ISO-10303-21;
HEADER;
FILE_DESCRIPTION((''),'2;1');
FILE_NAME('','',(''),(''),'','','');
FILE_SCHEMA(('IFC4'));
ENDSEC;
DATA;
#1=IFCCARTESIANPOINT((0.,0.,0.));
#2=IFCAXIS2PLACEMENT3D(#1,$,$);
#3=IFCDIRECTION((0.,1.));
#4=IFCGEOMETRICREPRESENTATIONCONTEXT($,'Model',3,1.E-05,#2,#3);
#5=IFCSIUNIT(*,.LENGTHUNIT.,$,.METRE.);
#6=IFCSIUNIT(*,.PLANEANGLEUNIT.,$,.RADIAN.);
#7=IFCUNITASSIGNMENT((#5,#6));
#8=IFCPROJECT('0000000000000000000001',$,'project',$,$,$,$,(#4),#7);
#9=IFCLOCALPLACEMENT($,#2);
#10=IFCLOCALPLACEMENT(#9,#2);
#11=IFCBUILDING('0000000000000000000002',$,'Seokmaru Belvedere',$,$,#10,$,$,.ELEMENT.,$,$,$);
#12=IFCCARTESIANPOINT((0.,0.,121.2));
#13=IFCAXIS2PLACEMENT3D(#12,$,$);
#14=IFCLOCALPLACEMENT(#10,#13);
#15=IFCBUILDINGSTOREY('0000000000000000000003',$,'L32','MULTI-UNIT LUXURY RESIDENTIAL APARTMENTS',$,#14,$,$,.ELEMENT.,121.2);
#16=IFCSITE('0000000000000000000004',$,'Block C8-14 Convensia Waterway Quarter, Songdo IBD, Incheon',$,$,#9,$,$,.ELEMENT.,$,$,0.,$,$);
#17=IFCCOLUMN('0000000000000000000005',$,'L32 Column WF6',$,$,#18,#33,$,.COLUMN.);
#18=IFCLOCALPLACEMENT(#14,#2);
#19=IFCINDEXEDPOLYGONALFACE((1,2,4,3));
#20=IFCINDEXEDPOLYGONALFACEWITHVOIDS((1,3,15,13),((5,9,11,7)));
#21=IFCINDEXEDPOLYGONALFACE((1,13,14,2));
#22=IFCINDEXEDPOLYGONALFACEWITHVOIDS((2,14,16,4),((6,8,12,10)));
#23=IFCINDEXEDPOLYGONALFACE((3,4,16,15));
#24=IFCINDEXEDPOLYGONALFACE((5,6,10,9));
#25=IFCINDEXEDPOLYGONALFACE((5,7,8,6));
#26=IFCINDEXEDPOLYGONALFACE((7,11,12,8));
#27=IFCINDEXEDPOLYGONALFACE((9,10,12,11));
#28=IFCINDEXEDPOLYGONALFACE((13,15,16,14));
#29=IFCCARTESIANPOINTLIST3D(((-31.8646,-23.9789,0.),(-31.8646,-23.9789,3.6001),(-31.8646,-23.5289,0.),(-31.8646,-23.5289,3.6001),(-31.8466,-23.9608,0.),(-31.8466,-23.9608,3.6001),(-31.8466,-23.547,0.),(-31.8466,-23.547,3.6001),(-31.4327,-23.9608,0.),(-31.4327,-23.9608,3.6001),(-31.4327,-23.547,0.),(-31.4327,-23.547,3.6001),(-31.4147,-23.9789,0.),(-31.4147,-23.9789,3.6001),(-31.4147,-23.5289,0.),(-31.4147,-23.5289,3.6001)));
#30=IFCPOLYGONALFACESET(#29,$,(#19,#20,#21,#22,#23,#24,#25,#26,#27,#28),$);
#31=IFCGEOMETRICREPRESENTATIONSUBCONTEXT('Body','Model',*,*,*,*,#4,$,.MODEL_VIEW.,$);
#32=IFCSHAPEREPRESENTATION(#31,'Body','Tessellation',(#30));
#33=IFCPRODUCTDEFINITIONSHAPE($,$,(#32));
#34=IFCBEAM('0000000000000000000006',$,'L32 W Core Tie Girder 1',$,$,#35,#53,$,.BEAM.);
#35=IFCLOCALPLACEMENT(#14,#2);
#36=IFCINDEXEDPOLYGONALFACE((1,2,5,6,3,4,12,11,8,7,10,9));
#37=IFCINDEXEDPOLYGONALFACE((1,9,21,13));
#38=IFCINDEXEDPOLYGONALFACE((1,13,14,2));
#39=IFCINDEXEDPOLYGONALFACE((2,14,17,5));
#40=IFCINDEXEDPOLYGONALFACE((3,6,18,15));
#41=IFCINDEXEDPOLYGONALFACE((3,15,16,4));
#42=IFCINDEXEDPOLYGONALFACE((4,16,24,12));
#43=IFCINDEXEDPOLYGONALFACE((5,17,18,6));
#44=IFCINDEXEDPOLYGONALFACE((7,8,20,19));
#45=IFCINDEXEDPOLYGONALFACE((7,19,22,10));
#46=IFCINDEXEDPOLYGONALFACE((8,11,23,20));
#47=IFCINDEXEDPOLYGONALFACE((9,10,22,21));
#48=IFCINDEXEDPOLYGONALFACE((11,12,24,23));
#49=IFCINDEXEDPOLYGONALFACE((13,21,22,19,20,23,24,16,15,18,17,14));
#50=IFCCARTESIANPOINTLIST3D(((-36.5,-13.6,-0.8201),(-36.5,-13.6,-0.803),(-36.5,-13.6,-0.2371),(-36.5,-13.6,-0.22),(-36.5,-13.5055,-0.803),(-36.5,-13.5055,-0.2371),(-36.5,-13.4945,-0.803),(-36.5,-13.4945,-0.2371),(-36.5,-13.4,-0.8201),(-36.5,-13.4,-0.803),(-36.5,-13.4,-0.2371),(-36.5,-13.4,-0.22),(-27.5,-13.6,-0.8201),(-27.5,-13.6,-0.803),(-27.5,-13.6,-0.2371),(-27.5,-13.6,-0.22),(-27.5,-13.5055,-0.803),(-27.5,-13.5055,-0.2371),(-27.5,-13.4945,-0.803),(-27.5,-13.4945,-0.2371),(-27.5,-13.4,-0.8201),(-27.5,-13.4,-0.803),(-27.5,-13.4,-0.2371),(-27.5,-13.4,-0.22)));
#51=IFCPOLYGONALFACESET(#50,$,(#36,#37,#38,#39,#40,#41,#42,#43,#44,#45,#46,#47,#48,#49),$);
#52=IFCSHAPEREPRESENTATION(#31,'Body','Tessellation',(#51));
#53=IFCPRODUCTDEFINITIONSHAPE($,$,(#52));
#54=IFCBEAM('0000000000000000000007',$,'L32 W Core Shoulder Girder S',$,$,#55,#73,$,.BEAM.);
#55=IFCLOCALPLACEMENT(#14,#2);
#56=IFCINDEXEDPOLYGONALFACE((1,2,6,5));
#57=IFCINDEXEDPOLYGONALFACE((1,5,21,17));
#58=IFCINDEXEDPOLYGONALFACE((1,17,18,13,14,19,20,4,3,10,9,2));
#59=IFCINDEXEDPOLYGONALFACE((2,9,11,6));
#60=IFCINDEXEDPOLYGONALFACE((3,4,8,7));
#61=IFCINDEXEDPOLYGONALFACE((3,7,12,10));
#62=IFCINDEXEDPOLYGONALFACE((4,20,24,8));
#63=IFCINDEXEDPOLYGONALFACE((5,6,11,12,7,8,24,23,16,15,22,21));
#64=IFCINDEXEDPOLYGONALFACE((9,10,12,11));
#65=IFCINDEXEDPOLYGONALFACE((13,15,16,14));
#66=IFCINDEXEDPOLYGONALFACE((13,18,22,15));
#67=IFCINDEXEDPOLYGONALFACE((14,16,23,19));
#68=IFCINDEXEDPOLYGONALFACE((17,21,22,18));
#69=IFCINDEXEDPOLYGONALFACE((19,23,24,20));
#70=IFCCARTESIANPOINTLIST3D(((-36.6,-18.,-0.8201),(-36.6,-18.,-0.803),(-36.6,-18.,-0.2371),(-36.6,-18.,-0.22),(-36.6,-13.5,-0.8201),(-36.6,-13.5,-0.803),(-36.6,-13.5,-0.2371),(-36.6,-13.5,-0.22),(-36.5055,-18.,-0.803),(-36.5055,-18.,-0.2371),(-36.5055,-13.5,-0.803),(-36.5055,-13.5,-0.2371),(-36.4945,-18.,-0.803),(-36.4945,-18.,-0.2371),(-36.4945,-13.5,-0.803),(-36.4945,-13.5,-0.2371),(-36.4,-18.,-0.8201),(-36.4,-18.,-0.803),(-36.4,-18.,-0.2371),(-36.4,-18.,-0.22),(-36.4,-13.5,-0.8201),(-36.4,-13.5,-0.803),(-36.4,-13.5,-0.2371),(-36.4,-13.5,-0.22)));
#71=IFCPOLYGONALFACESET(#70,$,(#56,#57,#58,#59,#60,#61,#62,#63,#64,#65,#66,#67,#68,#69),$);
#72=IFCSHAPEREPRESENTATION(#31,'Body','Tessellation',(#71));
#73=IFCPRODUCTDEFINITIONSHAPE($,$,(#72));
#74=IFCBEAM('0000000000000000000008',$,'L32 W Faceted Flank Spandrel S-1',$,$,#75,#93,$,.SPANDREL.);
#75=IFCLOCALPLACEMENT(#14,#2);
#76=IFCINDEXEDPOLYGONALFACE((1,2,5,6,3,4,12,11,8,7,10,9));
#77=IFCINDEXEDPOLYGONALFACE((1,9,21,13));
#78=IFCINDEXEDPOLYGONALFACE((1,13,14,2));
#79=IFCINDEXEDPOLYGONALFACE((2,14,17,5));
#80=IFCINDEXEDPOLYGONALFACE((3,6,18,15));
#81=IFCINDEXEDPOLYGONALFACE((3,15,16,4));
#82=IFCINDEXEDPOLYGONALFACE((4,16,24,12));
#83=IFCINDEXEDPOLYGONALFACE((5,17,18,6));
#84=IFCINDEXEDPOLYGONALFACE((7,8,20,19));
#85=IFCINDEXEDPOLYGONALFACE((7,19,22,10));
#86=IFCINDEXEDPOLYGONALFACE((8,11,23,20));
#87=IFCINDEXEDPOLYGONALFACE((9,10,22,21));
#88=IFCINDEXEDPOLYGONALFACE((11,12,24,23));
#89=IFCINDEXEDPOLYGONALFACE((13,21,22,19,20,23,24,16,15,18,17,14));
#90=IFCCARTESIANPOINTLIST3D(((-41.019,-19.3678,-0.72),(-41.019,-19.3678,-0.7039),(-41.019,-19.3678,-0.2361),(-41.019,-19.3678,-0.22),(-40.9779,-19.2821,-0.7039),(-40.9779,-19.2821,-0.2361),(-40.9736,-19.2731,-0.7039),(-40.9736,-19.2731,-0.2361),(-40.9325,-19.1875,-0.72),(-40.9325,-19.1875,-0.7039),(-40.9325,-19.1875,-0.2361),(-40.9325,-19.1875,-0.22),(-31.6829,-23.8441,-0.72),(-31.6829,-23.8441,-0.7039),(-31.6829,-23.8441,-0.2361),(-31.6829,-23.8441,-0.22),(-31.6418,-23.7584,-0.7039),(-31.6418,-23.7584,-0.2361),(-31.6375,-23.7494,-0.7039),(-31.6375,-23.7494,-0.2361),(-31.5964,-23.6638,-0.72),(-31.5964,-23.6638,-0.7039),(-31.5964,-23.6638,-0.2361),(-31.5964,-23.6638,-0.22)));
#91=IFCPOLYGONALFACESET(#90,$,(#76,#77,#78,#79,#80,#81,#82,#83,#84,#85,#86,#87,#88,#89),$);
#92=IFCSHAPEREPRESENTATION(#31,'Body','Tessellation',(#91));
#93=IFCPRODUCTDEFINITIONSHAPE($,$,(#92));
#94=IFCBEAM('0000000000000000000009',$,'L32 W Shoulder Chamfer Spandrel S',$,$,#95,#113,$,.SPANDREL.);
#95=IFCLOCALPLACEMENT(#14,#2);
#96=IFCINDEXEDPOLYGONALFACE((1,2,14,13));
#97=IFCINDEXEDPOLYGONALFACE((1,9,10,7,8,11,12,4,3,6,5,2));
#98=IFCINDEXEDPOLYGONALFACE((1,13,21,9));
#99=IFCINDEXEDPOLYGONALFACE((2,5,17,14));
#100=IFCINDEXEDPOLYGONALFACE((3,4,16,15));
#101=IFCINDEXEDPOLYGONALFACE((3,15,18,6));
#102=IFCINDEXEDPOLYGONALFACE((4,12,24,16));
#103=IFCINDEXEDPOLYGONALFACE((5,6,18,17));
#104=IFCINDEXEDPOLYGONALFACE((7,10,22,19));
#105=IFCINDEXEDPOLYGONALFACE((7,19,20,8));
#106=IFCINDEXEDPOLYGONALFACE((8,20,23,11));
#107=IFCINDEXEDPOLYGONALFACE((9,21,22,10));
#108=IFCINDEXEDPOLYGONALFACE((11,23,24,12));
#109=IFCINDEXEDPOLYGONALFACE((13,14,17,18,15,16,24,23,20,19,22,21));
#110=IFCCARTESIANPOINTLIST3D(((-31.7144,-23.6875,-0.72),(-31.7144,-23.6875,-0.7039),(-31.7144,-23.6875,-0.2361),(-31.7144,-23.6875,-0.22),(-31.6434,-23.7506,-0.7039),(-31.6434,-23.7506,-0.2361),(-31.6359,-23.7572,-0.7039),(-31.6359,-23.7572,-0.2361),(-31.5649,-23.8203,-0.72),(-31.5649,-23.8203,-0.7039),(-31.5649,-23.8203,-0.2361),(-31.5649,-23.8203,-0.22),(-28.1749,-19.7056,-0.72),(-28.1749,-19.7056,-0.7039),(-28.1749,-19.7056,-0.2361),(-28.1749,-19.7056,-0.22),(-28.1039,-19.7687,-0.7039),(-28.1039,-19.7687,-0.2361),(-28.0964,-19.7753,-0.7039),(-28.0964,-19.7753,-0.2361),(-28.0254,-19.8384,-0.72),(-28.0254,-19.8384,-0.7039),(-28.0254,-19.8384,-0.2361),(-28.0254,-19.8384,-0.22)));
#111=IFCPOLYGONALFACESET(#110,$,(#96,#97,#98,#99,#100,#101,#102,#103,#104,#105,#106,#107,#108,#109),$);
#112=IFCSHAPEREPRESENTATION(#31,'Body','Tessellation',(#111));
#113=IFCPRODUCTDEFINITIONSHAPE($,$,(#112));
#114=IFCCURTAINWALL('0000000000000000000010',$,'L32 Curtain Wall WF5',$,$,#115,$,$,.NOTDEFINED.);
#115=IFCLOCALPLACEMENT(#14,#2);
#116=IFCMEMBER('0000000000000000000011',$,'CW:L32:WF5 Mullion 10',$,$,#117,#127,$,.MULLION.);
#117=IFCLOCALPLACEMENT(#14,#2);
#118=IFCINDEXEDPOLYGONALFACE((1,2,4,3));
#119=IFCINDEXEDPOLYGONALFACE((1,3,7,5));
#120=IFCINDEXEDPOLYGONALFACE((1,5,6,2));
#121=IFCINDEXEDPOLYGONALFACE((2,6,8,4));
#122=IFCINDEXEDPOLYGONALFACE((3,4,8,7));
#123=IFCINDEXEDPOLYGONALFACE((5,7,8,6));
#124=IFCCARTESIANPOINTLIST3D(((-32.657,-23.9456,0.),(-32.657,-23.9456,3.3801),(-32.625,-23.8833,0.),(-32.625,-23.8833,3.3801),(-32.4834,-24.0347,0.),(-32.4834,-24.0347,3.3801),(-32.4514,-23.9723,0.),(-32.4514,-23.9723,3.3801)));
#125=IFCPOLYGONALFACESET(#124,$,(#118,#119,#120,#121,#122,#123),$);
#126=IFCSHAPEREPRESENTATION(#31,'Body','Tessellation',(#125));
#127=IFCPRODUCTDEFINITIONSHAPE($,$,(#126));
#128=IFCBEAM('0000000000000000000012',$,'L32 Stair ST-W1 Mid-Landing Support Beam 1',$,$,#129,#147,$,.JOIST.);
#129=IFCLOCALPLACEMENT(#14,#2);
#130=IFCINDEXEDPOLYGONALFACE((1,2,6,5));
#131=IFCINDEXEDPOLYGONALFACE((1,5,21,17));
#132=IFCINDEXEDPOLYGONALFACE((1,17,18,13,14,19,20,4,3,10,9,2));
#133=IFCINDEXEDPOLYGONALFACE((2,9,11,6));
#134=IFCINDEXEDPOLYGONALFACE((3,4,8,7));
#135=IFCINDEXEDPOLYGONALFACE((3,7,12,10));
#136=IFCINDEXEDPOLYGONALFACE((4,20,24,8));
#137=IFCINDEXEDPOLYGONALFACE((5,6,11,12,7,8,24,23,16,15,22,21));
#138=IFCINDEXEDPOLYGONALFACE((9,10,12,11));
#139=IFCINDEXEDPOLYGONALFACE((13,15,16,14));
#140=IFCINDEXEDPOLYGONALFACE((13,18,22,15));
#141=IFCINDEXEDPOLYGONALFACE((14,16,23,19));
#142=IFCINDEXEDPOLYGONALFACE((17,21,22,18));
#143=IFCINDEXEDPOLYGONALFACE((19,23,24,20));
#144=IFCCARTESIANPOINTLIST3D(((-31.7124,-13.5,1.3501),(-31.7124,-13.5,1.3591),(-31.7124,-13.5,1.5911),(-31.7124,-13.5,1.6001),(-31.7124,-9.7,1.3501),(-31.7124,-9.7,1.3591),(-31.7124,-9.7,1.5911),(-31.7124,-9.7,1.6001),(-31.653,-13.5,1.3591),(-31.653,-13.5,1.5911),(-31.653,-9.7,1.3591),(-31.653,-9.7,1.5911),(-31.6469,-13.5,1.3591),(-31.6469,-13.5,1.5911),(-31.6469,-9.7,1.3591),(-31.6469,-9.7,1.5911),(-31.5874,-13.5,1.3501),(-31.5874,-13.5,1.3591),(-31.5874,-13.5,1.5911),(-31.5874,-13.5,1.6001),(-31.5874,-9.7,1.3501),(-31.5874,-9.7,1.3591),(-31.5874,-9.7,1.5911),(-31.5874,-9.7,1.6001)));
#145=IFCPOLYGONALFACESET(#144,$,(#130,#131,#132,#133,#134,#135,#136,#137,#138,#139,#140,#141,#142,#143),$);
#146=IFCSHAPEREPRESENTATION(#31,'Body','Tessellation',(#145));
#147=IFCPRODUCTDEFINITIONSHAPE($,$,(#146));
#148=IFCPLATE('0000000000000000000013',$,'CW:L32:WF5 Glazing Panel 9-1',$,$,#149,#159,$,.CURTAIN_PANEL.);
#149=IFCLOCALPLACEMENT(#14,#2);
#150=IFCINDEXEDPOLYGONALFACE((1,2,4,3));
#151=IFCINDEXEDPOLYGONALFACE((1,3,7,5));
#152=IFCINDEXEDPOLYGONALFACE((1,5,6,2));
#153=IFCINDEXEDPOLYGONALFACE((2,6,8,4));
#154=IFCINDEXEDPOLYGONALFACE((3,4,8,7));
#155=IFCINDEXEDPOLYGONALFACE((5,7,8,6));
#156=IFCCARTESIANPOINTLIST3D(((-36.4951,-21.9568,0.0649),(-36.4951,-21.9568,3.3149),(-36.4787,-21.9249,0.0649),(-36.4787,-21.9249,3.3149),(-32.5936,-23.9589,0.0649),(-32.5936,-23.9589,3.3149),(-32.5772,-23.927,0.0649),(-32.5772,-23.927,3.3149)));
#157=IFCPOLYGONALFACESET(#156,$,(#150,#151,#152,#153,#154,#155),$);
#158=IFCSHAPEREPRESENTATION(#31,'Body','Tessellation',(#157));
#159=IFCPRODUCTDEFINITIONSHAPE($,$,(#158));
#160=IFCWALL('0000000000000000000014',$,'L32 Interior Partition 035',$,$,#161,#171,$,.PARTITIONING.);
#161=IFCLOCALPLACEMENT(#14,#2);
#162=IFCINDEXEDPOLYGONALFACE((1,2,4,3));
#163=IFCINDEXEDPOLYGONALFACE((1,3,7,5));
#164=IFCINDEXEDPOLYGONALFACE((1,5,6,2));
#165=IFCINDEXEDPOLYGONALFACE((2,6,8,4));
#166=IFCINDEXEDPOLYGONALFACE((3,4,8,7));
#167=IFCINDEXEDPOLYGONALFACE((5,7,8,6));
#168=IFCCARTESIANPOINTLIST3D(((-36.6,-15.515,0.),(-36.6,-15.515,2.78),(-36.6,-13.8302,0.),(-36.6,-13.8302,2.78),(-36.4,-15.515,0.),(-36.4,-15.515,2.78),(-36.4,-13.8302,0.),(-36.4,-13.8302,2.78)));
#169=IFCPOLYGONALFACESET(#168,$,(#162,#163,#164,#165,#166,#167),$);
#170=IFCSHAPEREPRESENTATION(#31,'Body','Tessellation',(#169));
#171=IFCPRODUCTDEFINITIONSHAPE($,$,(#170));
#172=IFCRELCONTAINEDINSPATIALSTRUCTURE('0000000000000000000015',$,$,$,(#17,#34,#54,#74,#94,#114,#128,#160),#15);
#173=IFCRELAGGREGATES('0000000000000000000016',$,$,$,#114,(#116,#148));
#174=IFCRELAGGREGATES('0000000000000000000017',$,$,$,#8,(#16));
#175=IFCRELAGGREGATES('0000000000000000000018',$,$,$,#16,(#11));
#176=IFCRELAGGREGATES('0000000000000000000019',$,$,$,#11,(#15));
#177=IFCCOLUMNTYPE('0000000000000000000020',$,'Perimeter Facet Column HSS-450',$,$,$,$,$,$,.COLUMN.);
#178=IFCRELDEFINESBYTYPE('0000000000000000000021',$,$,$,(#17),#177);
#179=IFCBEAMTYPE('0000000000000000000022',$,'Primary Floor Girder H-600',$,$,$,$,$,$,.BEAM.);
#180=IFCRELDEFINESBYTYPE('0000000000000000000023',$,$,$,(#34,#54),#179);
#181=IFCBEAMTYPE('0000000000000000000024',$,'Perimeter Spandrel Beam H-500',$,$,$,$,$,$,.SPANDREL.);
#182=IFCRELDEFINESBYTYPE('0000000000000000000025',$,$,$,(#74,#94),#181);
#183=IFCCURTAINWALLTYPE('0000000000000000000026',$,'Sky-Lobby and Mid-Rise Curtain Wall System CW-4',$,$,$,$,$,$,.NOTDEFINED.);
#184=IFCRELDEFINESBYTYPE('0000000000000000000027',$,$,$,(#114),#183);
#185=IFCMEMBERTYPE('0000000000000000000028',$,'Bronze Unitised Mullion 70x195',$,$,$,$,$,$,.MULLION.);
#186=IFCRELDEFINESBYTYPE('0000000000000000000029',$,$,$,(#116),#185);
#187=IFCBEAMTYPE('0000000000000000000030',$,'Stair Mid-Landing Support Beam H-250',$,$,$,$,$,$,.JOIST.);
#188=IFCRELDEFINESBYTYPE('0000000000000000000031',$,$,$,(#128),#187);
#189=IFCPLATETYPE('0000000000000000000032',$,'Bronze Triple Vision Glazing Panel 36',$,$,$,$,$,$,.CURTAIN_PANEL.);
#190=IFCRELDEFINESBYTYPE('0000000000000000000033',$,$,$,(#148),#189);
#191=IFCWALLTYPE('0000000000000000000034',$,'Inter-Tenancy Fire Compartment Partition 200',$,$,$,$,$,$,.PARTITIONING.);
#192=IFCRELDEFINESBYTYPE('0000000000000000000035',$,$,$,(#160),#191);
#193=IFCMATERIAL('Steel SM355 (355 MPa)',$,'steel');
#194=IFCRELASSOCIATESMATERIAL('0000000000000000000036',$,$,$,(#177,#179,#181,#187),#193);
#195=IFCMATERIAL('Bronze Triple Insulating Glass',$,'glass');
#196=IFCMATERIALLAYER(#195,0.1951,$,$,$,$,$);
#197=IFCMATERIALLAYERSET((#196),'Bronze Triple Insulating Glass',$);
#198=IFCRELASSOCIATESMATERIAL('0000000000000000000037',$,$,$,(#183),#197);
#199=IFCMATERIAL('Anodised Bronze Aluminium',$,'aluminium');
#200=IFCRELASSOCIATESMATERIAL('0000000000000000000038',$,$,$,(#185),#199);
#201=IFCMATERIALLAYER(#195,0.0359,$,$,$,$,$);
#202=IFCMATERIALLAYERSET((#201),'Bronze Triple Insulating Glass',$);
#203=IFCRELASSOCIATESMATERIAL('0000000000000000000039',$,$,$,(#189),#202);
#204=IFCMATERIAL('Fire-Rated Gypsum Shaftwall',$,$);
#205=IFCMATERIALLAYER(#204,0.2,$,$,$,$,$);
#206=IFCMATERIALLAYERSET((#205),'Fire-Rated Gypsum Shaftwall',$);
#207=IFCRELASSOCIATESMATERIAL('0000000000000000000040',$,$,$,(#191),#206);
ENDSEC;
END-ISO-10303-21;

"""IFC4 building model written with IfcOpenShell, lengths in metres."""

from ifc_helpers import new_model, si_unit, direction, frame, frame_2d, origin, origin_2d, place, context, subcontext, project, spatial, rectangle, hollow_rectangle, i_section, extrude, source, transform, mapped, material, layer, layer_set, material_profile, profile_set, type_object, type_shapes, element, aggregate, save


model = new_model("IFC4")

# Units and contexts
model_context = context("Model", 3, precision=1e-05, world=origin(), true_north=direction((0.0, 1.0)))
body_context = subcontext(model_context, "Body", "Model", "MODEL_VIEW")
ifc_project = project(units=[si_unit("LENGTHUNIT", "METRE"), si_unit("PLANEANGLEUNIT", "RADIAN")], contexts=[model_context])

# Site, building, storey
site_placement = place(None, origin())
site = spatial("IfcSite", under=ifc_project, at=site_placement, Name="Block C8-14 Convensia Waterway Quarter, Songdo IBD, Incheon", CompositionType="ELEMENT", RefElevation=0.0)
building_placement = place(site_placement, origin())
building = spatial("IfcBuilding", under=site, at=building_placement, Name="Seokmaru Belvedere", CompositionType="ELEMENT")
storey_placement = place(building_placement, frame((0.0, 0.0, 121.2)))
storey = spatial("IfcBuildingStorey", under=building, at=storey_placement, Name="L32", Description="MULTI-UNIT LUXURY RESIDENTIAL APARTMENTS", CompositionType="ELEMENT", Elevation=121.2)

# Column
ifc_material_1 = material(Name="Steel SM355 (355 MPa)", Category="steel")
ifc_material_profile_1 = material_profile(ifc_material_1, hollow_rectangle(XDim=0.45, YDim=0.45, WallThickness=0.0181, at=origin_2d()), Name="HSS-450x450x18")
ifc_profile_set_1 = profile_set([ifc_material_profile_1], Name="Steel SM355 (355 MPa)")
column_type = type_object("IfcColumnType", Name="Perimeter Facet Column HSS-450", PredefinedType="COLUMN", material=ifc_profile_set_1)
shared_shape_1 = source(origin(), body_context, "Body", "SweptSolid", [
    extrude(hollow_rectangle(XDim=0.45, YDim=0.45, WallThickness=0.0181, at=origin_2d()), origin(), (0.0, 0.0, 1.0), 3.6001),
])
type_shapes(column_type, [shared_shape_1])
column_placement = place(storey_placement, frame((-31.6396, -23.7539, 0.0), z_axis=(0.0, 0.0, 1.0), x_axis=(1.0, 0.0, 0.0)))
element("IfcColumn", 1, at=column_placement, inside=storey, type_object=column_type, Name="L32 Column WF6", PredefinedType="COLUMN", context=body_context, shape_type="MappedRepresentation", body=[
    mapped(shared_shape_1, transform((0.0, 0.0, 0.0), scale=1.0)),
])

# Beams
ifc_material_profile_2 = material_profile(ifc_material_1, i_section(OverallWidth=0.2, OverallDepth=0.6001, WebThickness=0.011, FlangeThickness=0.0171, at=origin_2d()), Name="H-600x200x11x17")
ifc_profile_set_2 = profile_set([ifc_material_profile_2], Name="Steel SM355 (355 MPa)")
beam_type_1 = type_object("IfcBeamType", Name="Primary Floor Girder H-600", PredefinedType="BEAM", material=ifc_profile_set_2)
shared_shape_2 = source(origin(), body_context, "Body", "SweptSolid", [
    extrude(i_section(OverallWidth=0.2, OverallDepth=0.6001, WebThickness=0.011, FlangeThickness=0.0171, at=origin_2d()), origin(), (0.0, 0.0, 1.0), 9.0),
])
beam_1_placement = place(storey_placement, frame((-36.5, -13.5, -0.52), z_axis=(1.0, 0.0, 0.0), x_axis=(0.0, 1.0, 0.0)))
element("IfcBeam", 2, at=beam_1_placement, inside=storey, type_object=beam_type_1, Name="L32 W Core Tie Girder 1", PredefinedType="BEAM", context=body_context, shape_type="MappedRepresentation", body=[
    mapped(shared_shape_2, transform((0.0, 0.0, 0.0), scale=1.0)),
])
shared_shape_3 = source(origin(), body_context, "Body", "SweptSolid", [
    extrude(i_section(OverallWidth=0.2, OverallDepth=0.6001, WebThickness=0.011, FlangeThickness=0.0171, at=origin_2d()), origin(), (0.0, 0.0, 1.0), 4.5),
])
type_shapes(beam_type_1, [shared_shape_2, shared_shape_3])
beam_2_placement = place(storey_placement, frame((-36.5, -18.0, -0.52), z_axis=(0.0, 1.0, 0.0), x_axis=(-1.0, 0.0, 0.0)))
element("IfcBeam", 3, at=beam_2_placement, inside=storey, type_object=beam_type_1, Name="L32 W Core Shoulder Girder S", PredefinedType="BEAM", context=body_context, shape_type="MappedRepresentation", body=[
    mapped(shared_shape_3, transform((0.0, 0.0, 0.0), scale=1.0)),
])
ifc_material_profile_3 = material_profile(ifc_material_1, i_section(OverallWidth=0.2, OverallDepth=0.5, WebThickness=0.01, FlangeThickness=0.0161, at=origin_2d()), Name="H-500x200x10x16")
ifc_profile_set_3 = profile_set([ifc_material_profile_3], Name="Steel SM355 (355 MPa)")
beam_type_2 = type_object("IfcBeamType", Name="Perimeter Spandrel Beam H-500", PredefinedType="SPANDREL", material=ifc_profile_set_3)
shared_shape_4 = source(origin(), body_context, "Body", "SweptSolid", [
    extrude(i_section(OverallWidth=0.2, OverallDepth=0.5, WebThickness=0.01, FlangeThickness=0.0161, at=origin_2d()), origin(), (0.0, 0.0, 1.0), 10.3538),
])
beam_3_placement = place(storey_placement, frame((-31.6396, -23.7539, -0.47), z_axis=(-0.901713, 0.432335, 0.0), x_axis=(-0.432335, -0.901713, 0.0)))
element("IfcBeam", 4, at=beam_3_placement, inside=storey, type_object=beam_type_2, Name="L32 W Faceted Flank Spandrel S-1", PredefinedType="SPANDREL", context=body_context, shape_type="MappedRepresentation", body=[
    mapped(shared_shape_4, transform((0.0, 0.0, 0.0), scale=1.0)),
])
shared_shape_5 = source(origin(), body_context, "Body", "SweptSolid", [
    extrude(i_section(OverallWidth=0.2, OverallDepth=0.5, WebThickness=0.01, FlangeThickness=0.0161, at=origin_2d()), origin(), (0.0, 0.0, 1.0), 5.3276),
])
type_shapes(beam_type_2, [shared_shape_4, shared_shape_5])
beam_4_placement = place(storey_placement, frame((-31.6396, -23.7539, -0.47), z_axis=(0.66437, 0.747404, 0.0), x_axis=(-0.747404, 0.66437, 0.0)))
element("IfcBeam", 5, at=beam_4_placement, inside=storey, type_object=beam_type_2, Name="L32 W Shoulder Chamfer Spandrel S", PredefinedType="SPANDREL", context=body_context, shape_type="MappedRepresentation", body=[
    mapped(shared_shape_5, transform((0.0, 0.0, 0.0), scale=1.0)),
])

# Curtain wall, member
ifc_material_2 = material(Name="Bronze Triple Insulating Glass", Category="glass")
ifc_layer_1 = layer(ifc_material_2, 0.1951)
ifc_layer_set_1 = layer_set([ifc_layer_1], Name="Bronze Triple Insulating Glass")
curtain_wall_type = type_object("IfcCurtainWallType", Name="Sky-Lobby and Mid-Rise Curtain Wall System CW-4", PredefinedType="NOTDEFINED", material=ifc_layer_set_1)
curtain_wall_placement = place(storey_placement, origin())
curtain_wall = element("IfcCurtainWall", 6, at=curtain_wall_placement, inside=storey, type_object=curtain_wall_type, Name="L32 Curtain Wall WF5", PredefinedType="NOTDEFINED")
ifc_material_3 = material(Name="Anodised Bronze Aluminium", Category="aluminium")
ifc_material_profile_4 = material_profile(ifc_material_3, rectangle(XDim=0.0701, YDim=0.1951, at=origin_2d()), Name="CW-M-70x195")
ifc_profile_set_4 = profile_set([ifc_material_profile_4], Name="Anodised Bronze Aluminium")
member_type = type_object("IfcMemberType", Name="Bronze Unitised Mullion 70x195", PredefinedType="MULLION", material=ifc_profile_set_4)
shared_shape_6 = source(origin(), body_context, "Body", "SweptSolid", [
    extrude(rectangle(XDim=0.0701, YDim=0.1951, at=origin_2d()), origin(), (0.0, 0.0, 1.0), 3.3801),
])
type_shapes(member_type, [shared_shape_6])
member_placement = place(storey_placement, frame((-32.5542, -23.959, 0.0), z_axis=(0.0, 0.0, 1.0), x_axis=(0.456555, 0.889695, 0.0)))
member = element("IfcMember", 7, at=member_placement, type_object=member_type, Name="CW:L32:WF5 Mullion 10", PredefinedType="MULLION", context=body_context, shape_type="MappedRepresentation", body=[
    mapped(shared_shape_6, transform((0.0, 0.0, 0.0), scale=1.0)),
])

# Beam
ifc_material_profile_5 = material_profile(ifc_material_1, i_section(OverallWidth=0.125, OverallDepth=0.25, WebThickness=0.0061, FlangeThickness=0.009, at=origin_2d()), Name="H-250x125x6x9")
ifc_profile_set_5 = profile_set([ifc_material_profile_5], Name="Steel SM355 (355 MPa)")
beam_type_3 = type_object("IfcBeamType", Name="Stair Mid-Landing Support Beam H-250", PredefinedType="JOIST", material=ifc_profile_set_5)
shared_shape_7 = source(origin(), body_context, "Body", "SweptSolid", [
    extrude(i_section(OverallWidth=0.125, OverallDepth=0.25, WebThickness=0.0061, FlangeThickness=0.009, at=origin_2d()), origin(), (0.0, 0.0, 1.0), 3.8),
])
type_shapes(beam_type_3, [shared_shape_7])
beam_5_placement = place(storey_placement, frame((-31.6499, -13.5, 1.4751), z_axis=(0.0, 1.0, 0.0), x_axis=(-1.0, 0.0, 0.0)))
element("IfcBeam", 8, at=beam_5_placement, inside=storey, type_object=beam_type_3, Name="L32 Stair ST-W1 Mid-Landing Support Beam 1", PredefinedType="JOIST", context=body_context, shape_type="MappedRepresentation", body=[
    mapped(shared_shape_7, transform((0.0, 0.0, 0.0), scale=1.0)),
])

# Plate
ifc_layer_2 = layer(ifc_material_2, 0.0359)
ifc_layer_set_2 = layer_set([ifc_layer_2], Name="Bronze Triple Insulating Glass")
plate_type = type_object("IfcPlateType", Name="Bronze Triple Vision Glazing Panel 36", PredefinedType="CURTAIN_PANEL", material=ifc_layer_set_2)
shared_shape_8 = source(origin(), body_context, "Body", "SweptSolid", [
    extrude(rectangle(XDim=4.3853, YDim=0.0359, at=origin_2d()), origin(), (0.0, 0.0, 1.0), 3.25),
])
type_shapes(plate_type, [shared_shape_8])
plate_placement = place(storey_placement, frame((-34.5361, -22.9419, 0.0649), z_axis=(0.0, 0.0, 1.0), x_axis=(0.889695, -0.456555, 0.0)))
plate = element("IfcPlate", 9, at=plate_placement, type_object=plate_type, Name="CW:L32:WF5 Glazing Panel 9-1", PredefinedType="CURTAIN_PANEL", context=body_context, shape_type="MappedRepresentation", body=[
    mapped(shared_shape_8, transform((0.0, 0.0, 0.0), scale=1.0)),
])
aggregate(curtain_wall, [member, plate])

# Wall
ifc_material_4 = material(Name="Fire-Rated Gypsum Shaftwall")
ifc_layer_3 = layer(ifc_material_4, 0.2)
ifc_layer_set_3 = layer_set([ifc_layer_3], Name="Fire-Rated Gypsum Shaftwall")
wall_type_1 = type_object("IfcWallType", Name="Inter-Tenancy Fire Compartment Partition 200", PredefinedType="PARTITIONING", material=ifc_layer_set_3)
wall_1_placement = place(storey_placement, frame((-36.5, -15.5149, 0.0), z_axis=(0.0, 0.0, 1.0), x_axis=(0.0, 1.0, 0.0)))
element("IfcWall", 10, at=wall_1_placement, inside=storey, type_object=wall_type_1, Name="L32 Interior Partition 035", PredefinedType="PARTITIONING", context=body_context, shape_type="SweptSolid", body=[
    extrude(rectangle(XDim=1.6848, YDim=0.2, at=frame_2d((0.8423, 0.0))), origin(), (0.0, 0.0, 1.0), 2.78),
])

save(model, "model.ifc")
